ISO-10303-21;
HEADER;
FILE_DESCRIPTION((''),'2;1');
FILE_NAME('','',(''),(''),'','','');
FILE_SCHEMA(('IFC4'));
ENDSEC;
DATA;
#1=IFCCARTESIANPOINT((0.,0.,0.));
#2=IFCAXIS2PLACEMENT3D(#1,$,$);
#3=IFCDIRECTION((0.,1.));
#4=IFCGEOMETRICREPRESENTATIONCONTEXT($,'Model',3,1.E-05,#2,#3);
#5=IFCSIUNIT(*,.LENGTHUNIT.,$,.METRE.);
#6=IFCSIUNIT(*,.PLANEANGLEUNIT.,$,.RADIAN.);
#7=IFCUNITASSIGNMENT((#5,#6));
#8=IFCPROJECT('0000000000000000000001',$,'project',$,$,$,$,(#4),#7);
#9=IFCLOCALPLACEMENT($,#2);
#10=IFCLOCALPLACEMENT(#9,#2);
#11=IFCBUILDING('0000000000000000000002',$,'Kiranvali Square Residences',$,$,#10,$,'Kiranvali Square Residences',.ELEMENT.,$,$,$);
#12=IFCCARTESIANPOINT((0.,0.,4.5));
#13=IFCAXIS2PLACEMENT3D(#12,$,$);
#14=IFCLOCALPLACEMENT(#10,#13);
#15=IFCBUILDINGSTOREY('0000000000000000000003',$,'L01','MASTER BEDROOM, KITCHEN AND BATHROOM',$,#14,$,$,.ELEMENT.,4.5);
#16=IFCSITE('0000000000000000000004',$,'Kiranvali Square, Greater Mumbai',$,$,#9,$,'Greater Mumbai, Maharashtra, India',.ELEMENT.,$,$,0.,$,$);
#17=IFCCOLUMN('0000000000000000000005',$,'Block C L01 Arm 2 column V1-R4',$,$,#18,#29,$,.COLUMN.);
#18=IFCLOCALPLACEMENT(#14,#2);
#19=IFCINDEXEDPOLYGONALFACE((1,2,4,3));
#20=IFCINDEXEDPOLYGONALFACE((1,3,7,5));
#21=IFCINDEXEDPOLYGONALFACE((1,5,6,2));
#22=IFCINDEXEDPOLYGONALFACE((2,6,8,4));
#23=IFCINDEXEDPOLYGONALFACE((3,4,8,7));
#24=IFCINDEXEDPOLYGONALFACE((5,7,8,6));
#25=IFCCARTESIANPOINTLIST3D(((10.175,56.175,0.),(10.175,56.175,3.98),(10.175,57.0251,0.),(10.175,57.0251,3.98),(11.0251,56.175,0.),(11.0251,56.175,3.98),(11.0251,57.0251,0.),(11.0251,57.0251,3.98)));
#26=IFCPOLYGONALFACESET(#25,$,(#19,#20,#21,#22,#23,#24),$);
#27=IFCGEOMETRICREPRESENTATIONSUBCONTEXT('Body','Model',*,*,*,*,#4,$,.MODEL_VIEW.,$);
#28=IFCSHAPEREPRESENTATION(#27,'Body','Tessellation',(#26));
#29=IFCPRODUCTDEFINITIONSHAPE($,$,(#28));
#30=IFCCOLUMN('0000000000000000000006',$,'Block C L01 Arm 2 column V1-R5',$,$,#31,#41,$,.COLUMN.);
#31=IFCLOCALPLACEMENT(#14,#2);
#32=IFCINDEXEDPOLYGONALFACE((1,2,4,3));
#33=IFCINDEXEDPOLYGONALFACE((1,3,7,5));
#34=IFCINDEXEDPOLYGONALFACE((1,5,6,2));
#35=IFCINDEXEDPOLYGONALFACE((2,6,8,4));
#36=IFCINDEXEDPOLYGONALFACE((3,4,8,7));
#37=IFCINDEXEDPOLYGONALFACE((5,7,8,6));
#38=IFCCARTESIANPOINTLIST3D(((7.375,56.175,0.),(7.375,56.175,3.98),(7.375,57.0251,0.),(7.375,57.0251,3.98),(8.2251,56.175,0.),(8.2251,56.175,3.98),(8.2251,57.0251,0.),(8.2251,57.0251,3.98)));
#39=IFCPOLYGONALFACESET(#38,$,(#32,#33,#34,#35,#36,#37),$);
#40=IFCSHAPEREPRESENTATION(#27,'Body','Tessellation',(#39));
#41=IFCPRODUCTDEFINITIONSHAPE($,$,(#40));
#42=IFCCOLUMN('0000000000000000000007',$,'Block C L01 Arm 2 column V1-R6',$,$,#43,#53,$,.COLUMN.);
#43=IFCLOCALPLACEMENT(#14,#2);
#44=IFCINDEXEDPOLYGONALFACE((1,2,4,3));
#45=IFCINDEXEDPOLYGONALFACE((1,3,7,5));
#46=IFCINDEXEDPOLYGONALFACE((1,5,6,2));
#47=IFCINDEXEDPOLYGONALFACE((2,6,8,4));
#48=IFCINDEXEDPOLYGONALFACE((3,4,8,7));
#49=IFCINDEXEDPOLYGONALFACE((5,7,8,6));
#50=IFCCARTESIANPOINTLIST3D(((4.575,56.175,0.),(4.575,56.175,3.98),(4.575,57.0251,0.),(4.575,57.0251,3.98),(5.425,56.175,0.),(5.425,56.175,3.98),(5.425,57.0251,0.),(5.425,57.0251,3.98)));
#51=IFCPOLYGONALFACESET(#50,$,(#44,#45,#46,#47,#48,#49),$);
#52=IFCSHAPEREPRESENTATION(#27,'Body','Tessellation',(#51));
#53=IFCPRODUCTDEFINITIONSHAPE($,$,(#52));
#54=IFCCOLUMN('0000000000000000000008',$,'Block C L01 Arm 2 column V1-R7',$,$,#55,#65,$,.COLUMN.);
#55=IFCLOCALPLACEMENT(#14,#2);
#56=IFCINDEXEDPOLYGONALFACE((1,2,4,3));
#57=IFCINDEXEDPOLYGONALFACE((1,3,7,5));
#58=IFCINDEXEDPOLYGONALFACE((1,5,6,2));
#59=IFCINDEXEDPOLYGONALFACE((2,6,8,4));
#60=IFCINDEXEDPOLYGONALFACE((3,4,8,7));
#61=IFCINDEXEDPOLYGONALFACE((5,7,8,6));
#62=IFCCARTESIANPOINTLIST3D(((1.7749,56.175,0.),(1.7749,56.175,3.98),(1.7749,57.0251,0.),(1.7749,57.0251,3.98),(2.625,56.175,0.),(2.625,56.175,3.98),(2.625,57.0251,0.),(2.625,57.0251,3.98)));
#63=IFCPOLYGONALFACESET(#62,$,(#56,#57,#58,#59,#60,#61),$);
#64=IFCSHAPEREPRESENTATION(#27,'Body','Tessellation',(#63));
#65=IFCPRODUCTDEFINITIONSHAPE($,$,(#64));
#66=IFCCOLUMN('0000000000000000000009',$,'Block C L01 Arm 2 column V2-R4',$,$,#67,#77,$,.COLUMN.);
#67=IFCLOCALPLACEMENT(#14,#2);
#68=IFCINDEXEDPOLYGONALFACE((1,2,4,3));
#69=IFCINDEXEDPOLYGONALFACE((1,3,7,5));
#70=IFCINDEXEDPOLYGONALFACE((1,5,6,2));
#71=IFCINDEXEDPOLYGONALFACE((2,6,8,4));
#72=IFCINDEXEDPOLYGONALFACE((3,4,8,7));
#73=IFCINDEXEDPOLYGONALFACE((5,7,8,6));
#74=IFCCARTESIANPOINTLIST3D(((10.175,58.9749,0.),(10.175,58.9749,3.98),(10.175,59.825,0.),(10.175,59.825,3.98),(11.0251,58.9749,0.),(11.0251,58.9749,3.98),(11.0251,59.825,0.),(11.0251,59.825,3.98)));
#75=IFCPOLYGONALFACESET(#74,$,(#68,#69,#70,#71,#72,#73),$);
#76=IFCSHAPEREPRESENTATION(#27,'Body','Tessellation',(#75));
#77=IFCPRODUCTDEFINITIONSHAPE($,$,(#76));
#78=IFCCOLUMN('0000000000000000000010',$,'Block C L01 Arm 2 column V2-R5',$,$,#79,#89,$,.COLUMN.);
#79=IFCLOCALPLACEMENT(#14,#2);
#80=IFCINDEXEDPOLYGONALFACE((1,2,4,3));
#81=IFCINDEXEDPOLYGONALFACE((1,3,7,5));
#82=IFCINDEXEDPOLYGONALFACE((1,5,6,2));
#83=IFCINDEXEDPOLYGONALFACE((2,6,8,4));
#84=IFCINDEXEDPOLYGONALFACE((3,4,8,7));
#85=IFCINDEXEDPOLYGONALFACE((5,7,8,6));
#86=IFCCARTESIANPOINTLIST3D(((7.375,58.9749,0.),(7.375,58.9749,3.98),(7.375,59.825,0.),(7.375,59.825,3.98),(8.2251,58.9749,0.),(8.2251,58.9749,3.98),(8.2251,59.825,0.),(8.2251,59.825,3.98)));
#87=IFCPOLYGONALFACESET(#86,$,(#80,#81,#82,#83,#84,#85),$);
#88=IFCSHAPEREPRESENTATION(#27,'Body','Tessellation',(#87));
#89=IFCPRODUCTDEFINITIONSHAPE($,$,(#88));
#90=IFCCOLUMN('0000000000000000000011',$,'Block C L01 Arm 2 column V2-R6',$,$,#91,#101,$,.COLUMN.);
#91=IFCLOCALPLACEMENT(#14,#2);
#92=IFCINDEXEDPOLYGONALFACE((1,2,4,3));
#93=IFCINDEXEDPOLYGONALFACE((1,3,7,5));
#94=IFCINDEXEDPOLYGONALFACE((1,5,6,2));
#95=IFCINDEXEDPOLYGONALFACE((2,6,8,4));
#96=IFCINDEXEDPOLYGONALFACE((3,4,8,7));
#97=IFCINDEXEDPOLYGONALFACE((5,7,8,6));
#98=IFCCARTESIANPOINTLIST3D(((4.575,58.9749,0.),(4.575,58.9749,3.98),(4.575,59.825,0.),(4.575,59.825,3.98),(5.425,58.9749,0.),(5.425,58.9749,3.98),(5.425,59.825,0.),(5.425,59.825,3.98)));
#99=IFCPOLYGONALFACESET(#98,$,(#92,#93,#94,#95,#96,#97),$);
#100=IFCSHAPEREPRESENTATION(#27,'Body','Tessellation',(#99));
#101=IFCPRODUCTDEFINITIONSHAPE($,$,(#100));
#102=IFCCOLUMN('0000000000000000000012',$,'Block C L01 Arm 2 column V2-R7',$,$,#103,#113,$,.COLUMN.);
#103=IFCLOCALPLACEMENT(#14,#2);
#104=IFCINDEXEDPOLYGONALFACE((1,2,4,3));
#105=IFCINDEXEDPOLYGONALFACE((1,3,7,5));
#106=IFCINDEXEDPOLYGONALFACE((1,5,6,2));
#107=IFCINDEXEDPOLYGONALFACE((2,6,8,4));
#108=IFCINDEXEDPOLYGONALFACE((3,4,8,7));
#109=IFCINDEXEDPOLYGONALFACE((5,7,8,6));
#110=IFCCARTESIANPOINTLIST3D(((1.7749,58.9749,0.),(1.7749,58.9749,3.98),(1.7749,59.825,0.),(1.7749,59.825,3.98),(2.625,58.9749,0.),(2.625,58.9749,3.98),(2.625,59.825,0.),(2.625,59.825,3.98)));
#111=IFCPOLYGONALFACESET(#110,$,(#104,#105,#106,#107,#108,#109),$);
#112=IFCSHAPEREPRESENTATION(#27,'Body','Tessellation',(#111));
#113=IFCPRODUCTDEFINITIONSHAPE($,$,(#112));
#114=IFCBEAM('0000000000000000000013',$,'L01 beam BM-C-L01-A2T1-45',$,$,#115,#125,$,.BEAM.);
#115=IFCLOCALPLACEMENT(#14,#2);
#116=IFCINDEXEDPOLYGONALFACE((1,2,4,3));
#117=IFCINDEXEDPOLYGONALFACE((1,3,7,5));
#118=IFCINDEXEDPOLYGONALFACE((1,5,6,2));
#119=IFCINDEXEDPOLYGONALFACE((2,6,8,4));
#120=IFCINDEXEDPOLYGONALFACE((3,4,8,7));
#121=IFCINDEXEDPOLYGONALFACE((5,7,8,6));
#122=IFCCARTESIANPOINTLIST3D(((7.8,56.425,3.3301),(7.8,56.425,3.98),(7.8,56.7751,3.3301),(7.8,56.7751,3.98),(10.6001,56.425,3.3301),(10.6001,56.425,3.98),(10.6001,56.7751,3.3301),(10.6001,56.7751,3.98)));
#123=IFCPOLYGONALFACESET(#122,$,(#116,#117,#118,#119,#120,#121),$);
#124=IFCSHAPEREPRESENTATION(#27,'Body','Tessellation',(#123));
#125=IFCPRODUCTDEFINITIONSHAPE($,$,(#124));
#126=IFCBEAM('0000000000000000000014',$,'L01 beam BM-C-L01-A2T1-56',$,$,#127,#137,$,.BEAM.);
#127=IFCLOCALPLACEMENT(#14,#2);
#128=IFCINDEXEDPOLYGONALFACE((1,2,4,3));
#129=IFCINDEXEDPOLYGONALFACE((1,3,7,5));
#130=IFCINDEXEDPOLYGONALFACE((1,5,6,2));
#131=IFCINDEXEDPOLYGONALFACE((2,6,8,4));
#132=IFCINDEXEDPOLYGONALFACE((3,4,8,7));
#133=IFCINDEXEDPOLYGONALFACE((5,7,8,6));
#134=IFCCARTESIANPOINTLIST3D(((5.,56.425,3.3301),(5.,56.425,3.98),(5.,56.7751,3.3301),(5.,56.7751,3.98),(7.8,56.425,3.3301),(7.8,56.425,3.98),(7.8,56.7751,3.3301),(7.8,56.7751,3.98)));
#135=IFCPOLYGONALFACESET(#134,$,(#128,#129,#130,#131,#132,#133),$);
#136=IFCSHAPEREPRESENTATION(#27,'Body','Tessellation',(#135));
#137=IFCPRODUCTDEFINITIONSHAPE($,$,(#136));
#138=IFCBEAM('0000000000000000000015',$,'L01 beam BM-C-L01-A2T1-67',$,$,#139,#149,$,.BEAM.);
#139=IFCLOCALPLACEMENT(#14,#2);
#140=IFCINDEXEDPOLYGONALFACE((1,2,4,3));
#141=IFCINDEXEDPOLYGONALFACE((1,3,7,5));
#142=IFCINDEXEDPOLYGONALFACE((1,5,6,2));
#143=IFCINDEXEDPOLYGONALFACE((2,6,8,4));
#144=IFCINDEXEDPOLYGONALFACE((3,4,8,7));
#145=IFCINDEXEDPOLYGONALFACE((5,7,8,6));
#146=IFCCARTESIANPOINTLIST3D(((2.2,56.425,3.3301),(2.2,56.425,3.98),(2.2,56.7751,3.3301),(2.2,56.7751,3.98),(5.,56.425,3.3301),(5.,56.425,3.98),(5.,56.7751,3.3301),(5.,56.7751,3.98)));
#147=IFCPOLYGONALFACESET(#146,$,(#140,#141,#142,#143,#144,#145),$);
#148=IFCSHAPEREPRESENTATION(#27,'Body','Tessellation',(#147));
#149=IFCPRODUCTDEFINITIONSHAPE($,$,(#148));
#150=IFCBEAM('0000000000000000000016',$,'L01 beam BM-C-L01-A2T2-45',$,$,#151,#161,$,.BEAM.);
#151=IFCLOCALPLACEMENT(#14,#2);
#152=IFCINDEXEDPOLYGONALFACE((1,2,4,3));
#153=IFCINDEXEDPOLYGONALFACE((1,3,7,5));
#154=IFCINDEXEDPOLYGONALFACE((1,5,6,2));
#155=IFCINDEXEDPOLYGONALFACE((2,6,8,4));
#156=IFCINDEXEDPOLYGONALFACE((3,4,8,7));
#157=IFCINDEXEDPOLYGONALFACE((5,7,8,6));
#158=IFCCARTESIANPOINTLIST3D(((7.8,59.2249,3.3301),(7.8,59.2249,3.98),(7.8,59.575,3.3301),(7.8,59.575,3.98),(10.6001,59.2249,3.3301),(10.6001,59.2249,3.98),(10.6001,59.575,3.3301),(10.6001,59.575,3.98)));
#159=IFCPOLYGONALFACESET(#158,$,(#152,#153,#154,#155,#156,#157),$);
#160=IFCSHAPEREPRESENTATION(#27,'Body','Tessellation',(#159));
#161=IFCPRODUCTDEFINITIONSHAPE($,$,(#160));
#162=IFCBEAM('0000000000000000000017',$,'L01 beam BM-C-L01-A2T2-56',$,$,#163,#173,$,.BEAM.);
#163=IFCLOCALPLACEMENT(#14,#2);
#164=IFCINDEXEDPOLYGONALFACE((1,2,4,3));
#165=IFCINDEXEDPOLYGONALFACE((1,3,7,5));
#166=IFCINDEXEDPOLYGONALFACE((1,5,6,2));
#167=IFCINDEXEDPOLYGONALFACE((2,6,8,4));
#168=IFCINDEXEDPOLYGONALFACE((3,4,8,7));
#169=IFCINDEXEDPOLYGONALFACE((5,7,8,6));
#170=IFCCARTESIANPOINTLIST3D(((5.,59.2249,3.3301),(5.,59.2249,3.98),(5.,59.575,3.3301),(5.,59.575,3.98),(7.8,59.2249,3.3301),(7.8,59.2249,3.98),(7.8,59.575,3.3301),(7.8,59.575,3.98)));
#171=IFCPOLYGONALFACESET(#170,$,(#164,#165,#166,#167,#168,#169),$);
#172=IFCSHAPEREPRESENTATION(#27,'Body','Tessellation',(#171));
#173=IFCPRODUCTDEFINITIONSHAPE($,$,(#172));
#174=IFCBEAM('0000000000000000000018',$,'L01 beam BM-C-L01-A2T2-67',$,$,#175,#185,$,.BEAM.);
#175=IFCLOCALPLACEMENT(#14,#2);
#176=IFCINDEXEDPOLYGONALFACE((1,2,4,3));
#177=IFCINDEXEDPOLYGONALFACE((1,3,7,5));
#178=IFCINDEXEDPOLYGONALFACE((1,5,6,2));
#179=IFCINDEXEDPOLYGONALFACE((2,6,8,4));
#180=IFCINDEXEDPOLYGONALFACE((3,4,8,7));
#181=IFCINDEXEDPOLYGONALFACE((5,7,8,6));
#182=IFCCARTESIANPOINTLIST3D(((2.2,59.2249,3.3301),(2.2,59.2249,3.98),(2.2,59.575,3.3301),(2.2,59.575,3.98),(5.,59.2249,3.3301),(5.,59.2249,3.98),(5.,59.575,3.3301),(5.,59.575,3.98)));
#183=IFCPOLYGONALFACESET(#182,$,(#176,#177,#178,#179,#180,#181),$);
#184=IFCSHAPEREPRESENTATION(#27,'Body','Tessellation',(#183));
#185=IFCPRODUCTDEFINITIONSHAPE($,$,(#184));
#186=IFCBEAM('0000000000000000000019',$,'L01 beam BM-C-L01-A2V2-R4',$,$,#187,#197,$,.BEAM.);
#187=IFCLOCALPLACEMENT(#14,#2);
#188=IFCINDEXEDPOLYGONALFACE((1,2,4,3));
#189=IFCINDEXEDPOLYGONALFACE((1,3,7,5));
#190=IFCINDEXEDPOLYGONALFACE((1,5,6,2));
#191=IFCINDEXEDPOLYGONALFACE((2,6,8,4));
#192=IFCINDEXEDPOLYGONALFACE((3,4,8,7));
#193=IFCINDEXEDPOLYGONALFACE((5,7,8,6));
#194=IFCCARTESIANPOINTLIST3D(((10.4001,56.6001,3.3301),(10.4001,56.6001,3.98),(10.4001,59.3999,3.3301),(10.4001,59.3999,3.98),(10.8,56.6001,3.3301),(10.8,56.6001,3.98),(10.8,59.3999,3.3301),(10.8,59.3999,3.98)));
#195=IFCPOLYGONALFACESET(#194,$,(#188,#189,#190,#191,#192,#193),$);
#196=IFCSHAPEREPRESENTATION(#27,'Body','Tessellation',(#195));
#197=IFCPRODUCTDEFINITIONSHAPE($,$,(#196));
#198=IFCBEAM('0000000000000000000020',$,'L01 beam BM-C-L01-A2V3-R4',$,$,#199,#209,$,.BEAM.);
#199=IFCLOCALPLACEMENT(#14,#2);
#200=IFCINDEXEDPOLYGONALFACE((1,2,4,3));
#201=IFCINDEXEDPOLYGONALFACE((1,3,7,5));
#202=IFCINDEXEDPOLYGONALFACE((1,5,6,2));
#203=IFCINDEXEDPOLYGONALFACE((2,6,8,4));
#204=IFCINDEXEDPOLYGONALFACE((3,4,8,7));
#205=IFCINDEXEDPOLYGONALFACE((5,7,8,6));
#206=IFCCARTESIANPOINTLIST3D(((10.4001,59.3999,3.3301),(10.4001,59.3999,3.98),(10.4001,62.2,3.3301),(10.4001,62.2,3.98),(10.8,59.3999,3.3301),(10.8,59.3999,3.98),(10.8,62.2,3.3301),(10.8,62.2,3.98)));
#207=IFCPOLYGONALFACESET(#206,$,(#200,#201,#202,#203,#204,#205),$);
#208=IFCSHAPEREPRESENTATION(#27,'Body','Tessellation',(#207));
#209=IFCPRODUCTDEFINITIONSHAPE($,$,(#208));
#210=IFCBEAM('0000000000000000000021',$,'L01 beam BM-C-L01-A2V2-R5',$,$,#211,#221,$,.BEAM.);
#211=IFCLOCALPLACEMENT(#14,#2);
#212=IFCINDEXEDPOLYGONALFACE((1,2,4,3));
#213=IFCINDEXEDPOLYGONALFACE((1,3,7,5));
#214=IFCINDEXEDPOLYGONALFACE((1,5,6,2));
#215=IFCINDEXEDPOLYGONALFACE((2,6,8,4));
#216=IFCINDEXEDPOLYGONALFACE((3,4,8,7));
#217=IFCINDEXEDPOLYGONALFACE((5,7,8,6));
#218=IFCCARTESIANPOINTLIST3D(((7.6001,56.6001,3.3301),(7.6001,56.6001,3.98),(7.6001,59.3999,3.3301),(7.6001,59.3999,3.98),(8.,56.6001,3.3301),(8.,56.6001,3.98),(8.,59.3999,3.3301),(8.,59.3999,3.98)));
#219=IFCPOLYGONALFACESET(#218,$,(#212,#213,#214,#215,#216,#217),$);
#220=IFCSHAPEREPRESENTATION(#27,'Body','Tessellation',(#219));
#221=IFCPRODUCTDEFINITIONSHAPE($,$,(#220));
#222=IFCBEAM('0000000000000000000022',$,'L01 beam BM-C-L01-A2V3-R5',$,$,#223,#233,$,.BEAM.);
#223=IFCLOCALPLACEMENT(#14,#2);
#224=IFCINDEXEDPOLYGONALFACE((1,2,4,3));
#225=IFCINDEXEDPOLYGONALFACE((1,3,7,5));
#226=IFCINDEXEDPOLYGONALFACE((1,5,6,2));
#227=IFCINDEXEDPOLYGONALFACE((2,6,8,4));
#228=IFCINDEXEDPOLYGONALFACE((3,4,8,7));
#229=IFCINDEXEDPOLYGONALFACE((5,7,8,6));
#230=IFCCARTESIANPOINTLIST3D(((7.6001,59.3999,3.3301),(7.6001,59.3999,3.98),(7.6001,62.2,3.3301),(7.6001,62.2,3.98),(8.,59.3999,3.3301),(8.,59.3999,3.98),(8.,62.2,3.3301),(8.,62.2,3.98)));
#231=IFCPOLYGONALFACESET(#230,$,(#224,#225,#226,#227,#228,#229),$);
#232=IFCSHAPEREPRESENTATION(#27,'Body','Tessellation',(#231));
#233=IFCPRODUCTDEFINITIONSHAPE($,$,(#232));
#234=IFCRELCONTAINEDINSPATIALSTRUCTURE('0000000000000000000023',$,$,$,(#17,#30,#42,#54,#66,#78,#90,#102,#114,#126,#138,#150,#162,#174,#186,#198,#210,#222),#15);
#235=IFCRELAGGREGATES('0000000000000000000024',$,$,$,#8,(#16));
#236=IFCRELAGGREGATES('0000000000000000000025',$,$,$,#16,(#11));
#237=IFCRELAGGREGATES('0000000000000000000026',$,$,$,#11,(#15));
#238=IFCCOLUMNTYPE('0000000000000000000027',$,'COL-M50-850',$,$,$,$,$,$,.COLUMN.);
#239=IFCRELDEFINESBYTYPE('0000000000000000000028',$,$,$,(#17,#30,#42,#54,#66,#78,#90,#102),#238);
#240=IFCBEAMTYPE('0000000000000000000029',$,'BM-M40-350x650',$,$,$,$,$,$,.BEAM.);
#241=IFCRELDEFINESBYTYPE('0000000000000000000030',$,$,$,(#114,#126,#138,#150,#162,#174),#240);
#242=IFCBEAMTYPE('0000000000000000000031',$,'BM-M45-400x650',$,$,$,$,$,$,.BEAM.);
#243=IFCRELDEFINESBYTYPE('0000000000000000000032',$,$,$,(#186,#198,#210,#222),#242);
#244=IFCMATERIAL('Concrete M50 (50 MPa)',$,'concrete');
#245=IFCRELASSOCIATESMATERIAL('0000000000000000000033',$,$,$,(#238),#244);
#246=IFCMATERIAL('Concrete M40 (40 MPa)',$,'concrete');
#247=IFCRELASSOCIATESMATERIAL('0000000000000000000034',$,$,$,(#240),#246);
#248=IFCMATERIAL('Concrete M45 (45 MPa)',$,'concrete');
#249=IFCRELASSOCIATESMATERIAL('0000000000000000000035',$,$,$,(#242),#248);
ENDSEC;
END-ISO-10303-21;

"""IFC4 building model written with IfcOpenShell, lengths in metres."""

from ifc_helpers import new_model, si_unit, direction, frame, origin, origin_2d, place, context, subcontext, project, spatial, rectangle, extrude, material, material_profile, profile_set, type_object, element, save


model = new_model("IFC4")

# Units and contexts
model_context = context("Model", 3, precision=1e-05, world=origin(), true_north=direction((0.0, 1.0)))
body_context = subcontext(model_context, "Body", "Model", "MODEL_VIEW")
ifc_project = project(units=[si_unit("LENGTHUNIT", "METRE"), si_unit("PLANEANGLEUNIT", "RADIAN")], contexts=[model_context])

# Site, building, storey
site_placement = place(None, origin())
site = spatial("IfcSite", under=ifc_project, at=site_placement, Name="Kiranvali Square, Greater Mumbai", LongName="Greater Mumbai, Maharashtra, India", CompositionType="ELEMENT", RefElevation=0.0)
building_placement = place(site_placement, origin())
building = spatial("IfcBuilding", under=site, at=building_placement, Name="Kiranvali Square Residences", LongName="Kiranvali Square Residences", CompositionType="ELEMENT")
storey_placement = place(building_placement, frame((0.0, 0.0, 4.5)))
storey = spatial("IfcBuildingStorey", under=building, at=storey_placement, Name="L01", Description="MASTER BEDROOM, KITCHEN AND BATHROOM", CompositionType="ELEMENT", Elevation=4.5)

# Columns
ifc_material_1 = material(Name="Concrete M50 (50 MPa)", Category="concrete")
ifc_material_profile_1 = material_profile(ifc_material_1, rectangle(XDim=0.8501, YDim=0.8501, at=origin_2d()), Name="RC 850x850")
ifc_profile_set_1 = profile_set([ifc_material_profile_1], Name="Concrete M50 (50 MPa)")
column_type = type_object("IfcColumnType", Name="COL-M50-850", PredefinedType="COLUMN", material=ifc_profile_set_1)
for number, where, z_axis, x_axis, name in (
    (1, (10.6001, 56.6001, 0.0), (0.0, 0.0, 1.0), (1.0, 0.0, 0.0), "Block C L01 Arm 2 column V1-R4"),
    (2, (7.8, 56.6001, 0.0), (0.0, 0.0, 1.0), (1.0, 0.0, 0.0), "Block C L01 Arm 2 column V1-R5"),
    (3, (5.0, 56.6001, 0.0), (0.0, 0.0, 1.0), (1.0, 0.0, 0.0), "Block C L01 Arm 2 column V1-R6"),
    (4, (2.2, 56.6001, 0.0), (0.0, 0.0, 1.0), (1.0, 0.0, 0.0), "Block C L01 Arm 2 column V1-R7"),
    (5, (10.6001, 59.3999, 0.0), (0.0, 0.0, 1.0), (1.0, 0.0, 0.0), "Block C L01 Arm 2 column V2-R4"),
    (6, (7.8, 59.3999, 0.0), (0.0, 0.0, 1.0), (1.0, 0.0, 0.0), "Block C L01 Arm 2 column V2-R5"),
    (7, (5.0, 59.3999, 0.0), (0.0, 0.0, 1.0), (1.0, 0.0, 0.0), "Block C L01 Arm 2 column V2-R6"),
    (8, (2.2, 59.3999, 0.0), (0.0, 0.0, 1.0), (1.0, 0.0, 0.0), "Block C L01 Arm 2 column V2-R7"),
):
    element("IfcColumn", number, at=place(storey_placement, frame(where, z_axis=z_axis, x_axis=x_axis)), inside=storey, type_object=column_type, Name=name, PredefinedType="COLUMN", context=body_context, shape_type="SweptSolid", body=[
        extrude(rectangle(XDim=0.8501, YDim=0.8501, at=origin_2d()), origin(), (0.0, 0.0, 1.0), 3.98),
    ])

# Beams
ifc_material_2 = material(Name="Concrete M40 (40 MPa)", Category="concrete")
ifc_material_profile_2 = material_profile(ifc_material_2, rectangle(XDim=0.3501, YDim=0.6499, at=origin_2d()), Name="RC 350x650")
ifc_profile_set_2 = profile_set([ifc_material_profile_2], Name="Concrete M40 (40 MPa)")
beam_type_1 = type_object("IfcBeamType", Name="BM-M40-350x650", PredefinedType="BEAM", material=ifc_profile_set_2)
for number, where, z_axis, x_axis, name in (
    (9, (10.6001, 56.6001, 3.655), (-1.0, 0.0, 0.0), (0.0, -1.0, 0.0), "L01 beam BM-C-L01-A2T1-45"),
    (10, (7.8, 56.6001, 3.655), (-1.0, 0.0, 0.0), (0.0, -1.0, 0.0), "L01 beam BM-C-L01-A2T1-56"),
    (11, (5.0, 56.6001, 3.655), (-1.0, 0.0, 0.0), (0.0, -1.0, 0.0), "L01 beam BM-C-L01-A2T1-67"),
    (12, (10.6001, 59.3999, 3.655), (-1.0, 0.0, 0.0), (0.0, -1.0, 0.0), "L01 beam BM-C-L01-A2T2-45"),
    (13, (7.8, 59.3999, 3.655), (-1.0, 0.0, 0.0), (0.0, -1.0, 0.0), "L01 beam BM-C-L01-A2T2-56"),
    (14, (5.0, 59.3999, 3.655), (-1.0, 0.0, 0.0), (0.0, -1.0, 0.0), "L01 beam BM-C-L01-A2T2-67"),
):
    element("IfcBeam", number, at=place(storey_placement, frame(where, z_axis=z_axis, x_axis=x_axis)), inside=storey, type_object=beam_type_1, Name=name, PredefinedType="BEAM", context=body_context, shape_type="SweptSolid", body=[
        extrude(rectangle(XDim=0.3501, YDim=0.6499, at=origin_2d()), origin(), (0.0, 0.0, 1.0), 2.8),
    ])
ifc_material_3 = material(Name="Concrete M45 (45 MPa)", Category="concrete")
ifc_material_profile_3 = material_profile(ifc_material_3, rectangle(XDim=0.3999, YDim=0.6499, at=origin_2d()), Name="RC 400x650")
ifc_profile_set_3 = profile_set([ifc_material_profile_3], Name="Concrete M45 (45 MPa)")
beam_type_2 = type_object("IfcBeamType", Name="BM-M45-400x650", PredefinedType="BEAM", material=ifc_profile_set_3)
beam_1_placement = place(storey_placement, frame((10.6001, 56.6001, 3.655), z_axis=(0.0, 1.0, 0.0), x_axis=(-1.0, 0.0, 0.0)))
element("IfcBeam", 15, at=beam_1_placement, inside=storey, type_object=beam_type_2, Name="L01 beam BM-C-L01-A2V2-R4", PredefinedType="BEAM", context=body_context, shape_type="SweptSolid", body=[
    extrude(rectangle(XDim=0.3999, YDim=0.6499, at=origin_2d()), origin(), (0.0, 0.0, 1.0), 2.7998),
])
beam_2_placement = place(storey_placement, frame((10.6001, 59.3999, 3.655), z_axis=(0.0, 1.0, 0.0), x_axis=(-1.0, 0.0, 0.0)))
element("IfcBeam", 16, at=beam_2_placement, inside=storey, type_object=beam_type_2, Name="L01 beam BM-C-L01-A2V3-R4", PredefinedType="BEAM", context=body_context, shape_type="SweptSolid", body=[
    extrude(rectangle(XDim=0.3999, YDim=0.6499, at=origin_2d()), origin(), (0.0, 0.0, 1.0), 2.8),
])
beam_3_placement = place(storey_placement, frame((7.8, 56.6001, 3.655), z_axis=(0.0, 1.0, 0.0), x_axis=(-1.0, 0.0, 0.0)))
element("IfcBeam", 17, at=beam_3_placement, inside=storey, type_object=beam_type_2, Name="L01 beam BM-C-L01-A2V2-R5", PredefinedType="BEAM", context=body_context, shape_type="SweptSolid", body=[
    extrude(rectangle(XDim=0.3999, YDim=0.6499, at=origin_2d()), origin(), (0.0, 0.0, 1.0), 2.7998),
])
beam_4_placement = place(storey_placement, frame((7.8, 59.3999, 3.655), z_axis=(0.0, 1.0, 0.0), x_axis=(-1.0, 0.0, 0.0)))
element("IfcBeam", 18, at=beam_4_placement, inside=storey, type_object=beam_type_2, Name="L01 beam BM-C-L01-A2V3-R5", PredefinedType="BEAM", context=body_context, shape_type="SweptSolid", body=[
    extrude(rectangle(XDim=0.3999, YDim=0.6499, at=origin_2d()), origin(), (0.0, 0.0, 1.0), 2.8),
])

save(model, "model.ifc")
